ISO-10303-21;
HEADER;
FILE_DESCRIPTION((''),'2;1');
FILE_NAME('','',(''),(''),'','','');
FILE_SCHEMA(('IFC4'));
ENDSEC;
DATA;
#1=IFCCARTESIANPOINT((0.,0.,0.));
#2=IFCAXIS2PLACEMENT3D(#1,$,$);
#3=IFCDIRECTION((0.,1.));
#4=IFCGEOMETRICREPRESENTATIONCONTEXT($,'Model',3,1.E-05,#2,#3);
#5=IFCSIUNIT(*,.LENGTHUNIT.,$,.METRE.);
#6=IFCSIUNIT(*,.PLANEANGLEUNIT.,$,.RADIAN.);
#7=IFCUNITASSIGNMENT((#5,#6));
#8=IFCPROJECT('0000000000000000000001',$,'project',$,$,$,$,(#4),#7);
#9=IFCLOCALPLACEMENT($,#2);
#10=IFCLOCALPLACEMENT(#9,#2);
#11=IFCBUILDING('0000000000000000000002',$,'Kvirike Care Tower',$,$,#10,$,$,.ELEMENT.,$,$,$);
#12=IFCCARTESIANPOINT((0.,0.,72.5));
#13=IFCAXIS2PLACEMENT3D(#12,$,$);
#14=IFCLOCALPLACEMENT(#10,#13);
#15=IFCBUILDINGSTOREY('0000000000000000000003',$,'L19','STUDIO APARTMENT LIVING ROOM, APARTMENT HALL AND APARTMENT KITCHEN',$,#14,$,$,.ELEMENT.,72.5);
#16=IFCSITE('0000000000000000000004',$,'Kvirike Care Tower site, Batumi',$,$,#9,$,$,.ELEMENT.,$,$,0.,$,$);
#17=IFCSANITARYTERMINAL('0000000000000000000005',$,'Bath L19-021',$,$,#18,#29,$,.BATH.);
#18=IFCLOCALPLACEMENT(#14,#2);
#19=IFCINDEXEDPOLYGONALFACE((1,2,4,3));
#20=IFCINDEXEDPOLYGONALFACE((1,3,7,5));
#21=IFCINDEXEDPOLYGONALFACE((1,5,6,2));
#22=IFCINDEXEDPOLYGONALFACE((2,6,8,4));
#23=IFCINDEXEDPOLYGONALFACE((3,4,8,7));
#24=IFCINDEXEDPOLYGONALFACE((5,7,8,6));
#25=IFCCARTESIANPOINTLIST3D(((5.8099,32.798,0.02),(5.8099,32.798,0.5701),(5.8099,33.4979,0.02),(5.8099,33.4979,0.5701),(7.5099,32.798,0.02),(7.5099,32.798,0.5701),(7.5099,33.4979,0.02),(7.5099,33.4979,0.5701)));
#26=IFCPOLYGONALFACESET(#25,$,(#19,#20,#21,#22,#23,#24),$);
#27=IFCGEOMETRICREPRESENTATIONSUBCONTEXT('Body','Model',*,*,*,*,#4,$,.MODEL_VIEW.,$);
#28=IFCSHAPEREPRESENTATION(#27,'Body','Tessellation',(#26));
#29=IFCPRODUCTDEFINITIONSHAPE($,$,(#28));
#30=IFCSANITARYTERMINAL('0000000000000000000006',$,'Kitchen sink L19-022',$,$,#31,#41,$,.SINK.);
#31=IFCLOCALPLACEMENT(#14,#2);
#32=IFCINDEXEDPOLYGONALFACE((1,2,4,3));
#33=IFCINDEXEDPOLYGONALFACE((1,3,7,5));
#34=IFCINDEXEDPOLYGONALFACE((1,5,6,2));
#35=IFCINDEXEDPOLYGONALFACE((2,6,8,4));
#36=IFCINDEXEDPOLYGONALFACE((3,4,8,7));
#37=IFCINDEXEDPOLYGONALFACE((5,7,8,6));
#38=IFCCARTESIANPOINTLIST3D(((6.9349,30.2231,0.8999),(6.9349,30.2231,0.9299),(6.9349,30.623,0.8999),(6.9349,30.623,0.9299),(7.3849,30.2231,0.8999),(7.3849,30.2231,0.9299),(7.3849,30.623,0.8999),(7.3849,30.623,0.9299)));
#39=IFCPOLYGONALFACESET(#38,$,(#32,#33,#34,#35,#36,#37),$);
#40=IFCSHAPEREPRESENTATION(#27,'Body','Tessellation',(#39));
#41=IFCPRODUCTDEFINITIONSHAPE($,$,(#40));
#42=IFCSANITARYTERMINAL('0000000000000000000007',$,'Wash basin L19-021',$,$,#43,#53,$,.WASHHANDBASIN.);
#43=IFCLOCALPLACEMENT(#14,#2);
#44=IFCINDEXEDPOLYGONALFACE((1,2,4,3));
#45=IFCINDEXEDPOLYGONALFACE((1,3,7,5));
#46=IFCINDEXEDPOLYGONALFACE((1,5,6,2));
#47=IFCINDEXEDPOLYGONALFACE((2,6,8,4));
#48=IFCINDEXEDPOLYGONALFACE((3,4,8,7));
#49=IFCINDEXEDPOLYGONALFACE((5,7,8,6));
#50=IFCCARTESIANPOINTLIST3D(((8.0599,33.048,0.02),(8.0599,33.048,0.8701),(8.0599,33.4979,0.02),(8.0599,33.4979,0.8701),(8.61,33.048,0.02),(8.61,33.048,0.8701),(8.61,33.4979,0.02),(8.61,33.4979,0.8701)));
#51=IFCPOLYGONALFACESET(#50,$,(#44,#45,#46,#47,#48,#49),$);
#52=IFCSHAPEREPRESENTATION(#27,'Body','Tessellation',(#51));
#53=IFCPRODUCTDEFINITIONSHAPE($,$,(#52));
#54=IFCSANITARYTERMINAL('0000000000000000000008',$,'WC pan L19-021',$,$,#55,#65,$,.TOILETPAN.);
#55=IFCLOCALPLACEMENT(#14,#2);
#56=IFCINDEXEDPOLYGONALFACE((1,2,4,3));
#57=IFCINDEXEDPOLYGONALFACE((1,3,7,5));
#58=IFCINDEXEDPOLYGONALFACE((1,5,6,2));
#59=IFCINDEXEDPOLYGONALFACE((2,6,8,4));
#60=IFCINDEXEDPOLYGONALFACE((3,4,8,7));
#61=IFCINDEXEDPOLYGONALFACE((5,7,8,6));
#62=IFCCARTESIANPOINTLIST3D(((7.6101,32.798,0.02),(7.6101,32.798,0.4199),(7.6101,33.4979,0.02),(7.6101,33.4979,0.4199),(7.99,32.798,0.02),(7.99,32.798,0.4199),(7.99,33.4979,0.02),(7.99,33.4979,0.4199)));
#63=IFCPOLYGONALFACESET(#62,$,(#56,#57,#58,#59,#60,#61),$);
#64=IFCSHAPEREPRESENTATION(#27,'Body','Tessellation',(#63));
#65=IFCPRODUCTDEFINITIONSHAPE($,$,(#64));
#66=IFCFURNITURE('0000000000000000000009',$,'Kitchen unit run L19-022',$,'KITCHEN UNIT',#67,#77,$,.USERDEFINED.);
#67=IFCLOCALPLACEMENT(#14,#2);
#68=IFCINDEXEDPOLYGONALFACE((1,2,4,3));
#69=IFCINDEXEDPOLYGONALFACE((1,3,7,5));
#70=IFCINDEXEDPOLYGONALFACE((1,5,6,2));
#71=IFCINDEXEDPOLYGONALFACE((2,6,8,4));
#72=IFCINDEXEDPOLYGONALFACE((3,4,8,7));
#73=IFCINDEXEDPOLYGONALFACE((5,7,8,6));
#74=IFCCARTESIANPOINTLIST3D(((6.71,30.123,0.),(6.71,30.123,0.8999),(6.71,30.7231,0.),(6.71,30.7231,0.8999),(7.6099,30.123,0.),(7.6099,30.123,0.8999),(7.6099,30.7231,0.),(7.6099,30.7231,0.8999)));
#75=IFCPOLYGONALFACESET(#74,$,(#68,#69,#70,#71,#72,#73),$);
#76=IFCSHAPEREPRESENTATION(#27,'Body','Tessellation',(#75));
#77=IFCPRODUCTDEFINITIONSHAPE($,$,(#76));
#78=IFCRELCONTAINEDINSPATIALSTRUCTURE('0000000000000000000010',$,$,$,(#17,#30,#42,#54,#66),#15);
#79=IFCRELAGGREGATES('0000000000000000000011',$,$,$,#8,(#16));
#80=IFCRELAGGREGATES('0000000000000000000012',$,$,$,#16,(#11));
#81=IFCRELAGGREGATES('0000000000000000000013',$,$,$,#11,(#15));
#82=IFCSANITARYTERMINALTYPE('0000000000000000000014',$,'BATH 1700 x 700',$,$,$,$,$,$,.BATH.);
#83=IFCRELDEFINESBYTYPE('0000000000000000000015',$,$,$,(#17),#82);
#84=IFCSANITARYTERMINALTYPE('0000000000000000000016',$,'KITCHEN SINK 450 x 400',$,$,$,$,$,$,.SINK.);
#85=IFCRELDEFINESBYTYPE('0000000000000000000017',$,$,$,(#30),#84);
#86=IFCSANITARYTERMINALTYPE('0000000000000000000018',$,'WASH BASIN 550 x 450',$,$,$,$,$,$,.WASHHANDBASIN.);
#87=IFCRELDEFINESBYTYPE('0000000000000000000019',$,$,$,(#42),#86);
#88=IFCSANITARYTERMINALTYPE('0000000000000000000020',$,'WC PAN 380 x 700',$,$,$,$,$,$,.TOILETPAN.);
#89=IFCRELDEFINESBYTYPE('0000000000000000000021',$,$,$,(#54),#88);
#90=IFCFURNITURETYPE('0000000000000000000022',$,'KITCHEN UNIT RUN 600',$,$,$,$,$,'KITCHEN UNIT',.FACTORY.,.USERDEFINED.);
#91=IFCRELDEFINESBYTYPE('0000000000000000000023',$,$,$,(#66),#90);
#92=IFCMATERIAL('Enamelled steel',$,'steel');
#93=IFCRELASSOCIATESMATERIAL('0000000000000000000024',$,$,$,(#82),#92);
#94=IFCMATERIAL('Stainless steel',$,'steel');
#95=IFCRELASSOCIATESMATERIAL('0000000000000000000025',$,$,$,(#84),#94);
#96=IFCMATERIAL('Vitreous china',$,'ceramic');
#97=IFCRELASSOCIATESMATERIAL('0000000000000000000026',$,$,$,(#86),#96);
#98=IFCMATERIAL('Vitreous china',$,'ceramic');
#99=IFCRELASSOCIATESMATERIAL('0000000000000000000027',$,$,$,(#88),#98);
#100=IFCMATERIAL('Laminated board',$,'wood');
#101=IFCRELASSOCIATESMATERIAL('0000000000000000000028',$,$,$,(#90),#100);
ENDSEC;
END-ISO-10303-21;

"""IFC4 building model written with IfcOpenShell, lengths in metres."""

from ifc_helpers import new_model, si_unit, direction, frame, origin, origin_2d, place, context, subcontext, project, spatial, rectangle, extrude, material, type_object, element, save


model = new_model("IFC4")

# Units and contexts
model_context = context("Model", 3, precision=1e-05, world=origin(), true_north=direction((0.0, 1.0)))
body_context = subcontext(model_context, "Body", "Model", "MODEL_VIEW")
ifc_project = project(units=[si_unit("LENGTHUNIT", "METRE"), si_unit("PLANEANGLEUNIT", "RADIAN")], contexts=[model_context])

# Site, building, storey
site_placement = place(None, origin())
site = spatial("IfcSite", under=ifc_project, at=site_placement, Name="Kvirike Care Tower site, Batumi", CompositionType="ELEMENT", RefElevation=0.0)
building_placement = place(site_placement, origin())
building = spatial("IfcBuilding", under=site, at=building_placement, Name="Kvirike Care Tower", CompositionType="ELEMENT")
storey_placement = place(building_placement, frame((0.0, 0.0, 72.5)))
storey = spatial("IfcBuildingStorey", under=building, at=storey_placement, Name="L19", Description="STUDIO APARTMENT LIVING ROOM, APARTMENT HALL AND APARTMENT KITCHEN", CompositionType="ELEMENT", Elevation=72.5)

# Sanitary terminals
ifc_material_1 = material(Name="Enamelled steel", Category="steel")
sanitary_terminal_type_1 = type_object("IfcSanitaryTerminalType", Name="BATH 1700 x 700", PredefinedType="BATH", material=ifc_material_1)
sanitary_terminal_1_placement = place(storey_placement, frame((6.6599, 33.1479, 0.02), z_axis=(0.0, 0.0, 1.0), x_axis=(1.0, 0.0, 0.0)))
element("IfcSanitaryTerminal", 1, at=sanitary_terminal_1_placement, inside=storey, type_object=sanitary_terminal_type_1, Name="Bath L19-021", PredefinedType="BATH", context=body_context, shape_type="SweptSolid", body=[
    extrude(rectangle(XDim=1.7, YDim=0.7, at=origin_2d()), origin(), (0.0, 0.0, 1.0), 0.55),
])
ifc_material_2 = material(Name="Stainless steel", Category="steel")
sanitary_terminal_type_2 = type_object("IfcSanitaryTerminalType", Name="KITCHEN SINK 450 x 400", PredefinedType="SINK", material=ifc_material_2)
sanitary_terminal_2_placement = place(storey_placement, frame((7.1599, 30.4231, 0.8999), z_axis=(0.0, 0.0, 1.0), x_axis=(1.0, 0.0, 0.0)))
element("IfcSanitaryTerminal", 2, at=sanitary_terminal_2_placement, inside=storey, type_object=sanitary_terminal_type_2, Name="Kitchen sink L19-022", PredefinedType="SINK", context=body_context, shape_type="SweptSolid", body=[
    extrude(rectangle(XDim=0.45, YDim=0.3999, at=origin_2d()), origin(), (0.0, 0.0, 1.0), 0.03),
])
ifc_material_3 = material(Name="Vitreous china", Category="ceramic")
sanitary_terminal_type_3 = type_object("IfcSanitaryTerminalType", Name="WASH BASIN 550 x 450", PredefinedType="WASHHANDBASIN", material=ifc_material_3)
sanitary_terminal_3_placement = place(storey_placement, frame((8.335, 33.2729, 0.02), z_axis=(0.0, 0.0, 1.0), x_axis=(1.0, 0.0, 0.0)))
element("IfcSanitaryTerminal", 3, at=sanitary_terminal_3_placement, inside=storey, type_object=sanitary_terminal_type_3, Name="Wash basin L19-021", PredefinedType="WASHHANDBASIN", context=body_context, shape_type="SweptSolid", body=[
    extrude(rectangle(XDim=0.55, YDim=0.45, at=origin_2d()), origin(), (0.0, 0.0, 1.0), 0.8501),
])
ifc_material_4 = material(Name="Vitreous china", Category="ceramic")
sanitary_terminal_type_4 = type_object("IfcSanitaryTerminalType", Name="WC PAN 380 x 700", PredefinedType="TOILETPAN", material=ifc_material_4)
sanitary_terminal_4_placement = place(storey_placement, frame((7.8, 33.1479, 0.02), z_axis=(0.0, 0.0, 1.0), x_axis=(1.0, 0.0, 0.0)))
element("IfcSanitaryTerminal", 4, at=sanitary_terminal_4_placement, inside=storey, type_object=sanitary_terminal_type_4, Name="WC pan L19-021", PredefinedType="TOILETPAN", context=body_context, shape_type="SweptSolid", body=[
    extrude(rectangle(XDim=0.3799, YDim=0.7, at=origin_2d()), origin(), (0.0, 0.0, 1.0), 0.3999),
])

# Furniture
ifc_material_5 = material(Name="Laminated board", Category="wood")
furniture_type = type_object("IfcFurnitureType", Name="KITCHEN UNIT RUN 600", ElementType="KITCHEN UNIT", AssemblyPlace="FACTORY", PredefinedType="USERDEFINED", material=ifc_material_5)
furniture_placement = place(storey_placement, frame((7.1599, 30.4231, 0.0), z_axis=(0.0, 0.0, 1.0), x_axis=(1.0, 0.0, 0.0)))
element("IfcFurniture", 5, at=furniture_placement, inside=storey, type_object=furniture_type, Name="Kitchen unit run L19-022", ObjectType="KITCHEN UNIT", PredefinedType="USERDEFINED", context=body_context, shape_type="SweptSolid", body=[
    extrude(rectangle(XDim=0.8999, YDim=0.6001, at=origin_2d()), origin(), (0.0, 0.0, 1.0), 0.8999),
])

save(model, "model.ifc")
